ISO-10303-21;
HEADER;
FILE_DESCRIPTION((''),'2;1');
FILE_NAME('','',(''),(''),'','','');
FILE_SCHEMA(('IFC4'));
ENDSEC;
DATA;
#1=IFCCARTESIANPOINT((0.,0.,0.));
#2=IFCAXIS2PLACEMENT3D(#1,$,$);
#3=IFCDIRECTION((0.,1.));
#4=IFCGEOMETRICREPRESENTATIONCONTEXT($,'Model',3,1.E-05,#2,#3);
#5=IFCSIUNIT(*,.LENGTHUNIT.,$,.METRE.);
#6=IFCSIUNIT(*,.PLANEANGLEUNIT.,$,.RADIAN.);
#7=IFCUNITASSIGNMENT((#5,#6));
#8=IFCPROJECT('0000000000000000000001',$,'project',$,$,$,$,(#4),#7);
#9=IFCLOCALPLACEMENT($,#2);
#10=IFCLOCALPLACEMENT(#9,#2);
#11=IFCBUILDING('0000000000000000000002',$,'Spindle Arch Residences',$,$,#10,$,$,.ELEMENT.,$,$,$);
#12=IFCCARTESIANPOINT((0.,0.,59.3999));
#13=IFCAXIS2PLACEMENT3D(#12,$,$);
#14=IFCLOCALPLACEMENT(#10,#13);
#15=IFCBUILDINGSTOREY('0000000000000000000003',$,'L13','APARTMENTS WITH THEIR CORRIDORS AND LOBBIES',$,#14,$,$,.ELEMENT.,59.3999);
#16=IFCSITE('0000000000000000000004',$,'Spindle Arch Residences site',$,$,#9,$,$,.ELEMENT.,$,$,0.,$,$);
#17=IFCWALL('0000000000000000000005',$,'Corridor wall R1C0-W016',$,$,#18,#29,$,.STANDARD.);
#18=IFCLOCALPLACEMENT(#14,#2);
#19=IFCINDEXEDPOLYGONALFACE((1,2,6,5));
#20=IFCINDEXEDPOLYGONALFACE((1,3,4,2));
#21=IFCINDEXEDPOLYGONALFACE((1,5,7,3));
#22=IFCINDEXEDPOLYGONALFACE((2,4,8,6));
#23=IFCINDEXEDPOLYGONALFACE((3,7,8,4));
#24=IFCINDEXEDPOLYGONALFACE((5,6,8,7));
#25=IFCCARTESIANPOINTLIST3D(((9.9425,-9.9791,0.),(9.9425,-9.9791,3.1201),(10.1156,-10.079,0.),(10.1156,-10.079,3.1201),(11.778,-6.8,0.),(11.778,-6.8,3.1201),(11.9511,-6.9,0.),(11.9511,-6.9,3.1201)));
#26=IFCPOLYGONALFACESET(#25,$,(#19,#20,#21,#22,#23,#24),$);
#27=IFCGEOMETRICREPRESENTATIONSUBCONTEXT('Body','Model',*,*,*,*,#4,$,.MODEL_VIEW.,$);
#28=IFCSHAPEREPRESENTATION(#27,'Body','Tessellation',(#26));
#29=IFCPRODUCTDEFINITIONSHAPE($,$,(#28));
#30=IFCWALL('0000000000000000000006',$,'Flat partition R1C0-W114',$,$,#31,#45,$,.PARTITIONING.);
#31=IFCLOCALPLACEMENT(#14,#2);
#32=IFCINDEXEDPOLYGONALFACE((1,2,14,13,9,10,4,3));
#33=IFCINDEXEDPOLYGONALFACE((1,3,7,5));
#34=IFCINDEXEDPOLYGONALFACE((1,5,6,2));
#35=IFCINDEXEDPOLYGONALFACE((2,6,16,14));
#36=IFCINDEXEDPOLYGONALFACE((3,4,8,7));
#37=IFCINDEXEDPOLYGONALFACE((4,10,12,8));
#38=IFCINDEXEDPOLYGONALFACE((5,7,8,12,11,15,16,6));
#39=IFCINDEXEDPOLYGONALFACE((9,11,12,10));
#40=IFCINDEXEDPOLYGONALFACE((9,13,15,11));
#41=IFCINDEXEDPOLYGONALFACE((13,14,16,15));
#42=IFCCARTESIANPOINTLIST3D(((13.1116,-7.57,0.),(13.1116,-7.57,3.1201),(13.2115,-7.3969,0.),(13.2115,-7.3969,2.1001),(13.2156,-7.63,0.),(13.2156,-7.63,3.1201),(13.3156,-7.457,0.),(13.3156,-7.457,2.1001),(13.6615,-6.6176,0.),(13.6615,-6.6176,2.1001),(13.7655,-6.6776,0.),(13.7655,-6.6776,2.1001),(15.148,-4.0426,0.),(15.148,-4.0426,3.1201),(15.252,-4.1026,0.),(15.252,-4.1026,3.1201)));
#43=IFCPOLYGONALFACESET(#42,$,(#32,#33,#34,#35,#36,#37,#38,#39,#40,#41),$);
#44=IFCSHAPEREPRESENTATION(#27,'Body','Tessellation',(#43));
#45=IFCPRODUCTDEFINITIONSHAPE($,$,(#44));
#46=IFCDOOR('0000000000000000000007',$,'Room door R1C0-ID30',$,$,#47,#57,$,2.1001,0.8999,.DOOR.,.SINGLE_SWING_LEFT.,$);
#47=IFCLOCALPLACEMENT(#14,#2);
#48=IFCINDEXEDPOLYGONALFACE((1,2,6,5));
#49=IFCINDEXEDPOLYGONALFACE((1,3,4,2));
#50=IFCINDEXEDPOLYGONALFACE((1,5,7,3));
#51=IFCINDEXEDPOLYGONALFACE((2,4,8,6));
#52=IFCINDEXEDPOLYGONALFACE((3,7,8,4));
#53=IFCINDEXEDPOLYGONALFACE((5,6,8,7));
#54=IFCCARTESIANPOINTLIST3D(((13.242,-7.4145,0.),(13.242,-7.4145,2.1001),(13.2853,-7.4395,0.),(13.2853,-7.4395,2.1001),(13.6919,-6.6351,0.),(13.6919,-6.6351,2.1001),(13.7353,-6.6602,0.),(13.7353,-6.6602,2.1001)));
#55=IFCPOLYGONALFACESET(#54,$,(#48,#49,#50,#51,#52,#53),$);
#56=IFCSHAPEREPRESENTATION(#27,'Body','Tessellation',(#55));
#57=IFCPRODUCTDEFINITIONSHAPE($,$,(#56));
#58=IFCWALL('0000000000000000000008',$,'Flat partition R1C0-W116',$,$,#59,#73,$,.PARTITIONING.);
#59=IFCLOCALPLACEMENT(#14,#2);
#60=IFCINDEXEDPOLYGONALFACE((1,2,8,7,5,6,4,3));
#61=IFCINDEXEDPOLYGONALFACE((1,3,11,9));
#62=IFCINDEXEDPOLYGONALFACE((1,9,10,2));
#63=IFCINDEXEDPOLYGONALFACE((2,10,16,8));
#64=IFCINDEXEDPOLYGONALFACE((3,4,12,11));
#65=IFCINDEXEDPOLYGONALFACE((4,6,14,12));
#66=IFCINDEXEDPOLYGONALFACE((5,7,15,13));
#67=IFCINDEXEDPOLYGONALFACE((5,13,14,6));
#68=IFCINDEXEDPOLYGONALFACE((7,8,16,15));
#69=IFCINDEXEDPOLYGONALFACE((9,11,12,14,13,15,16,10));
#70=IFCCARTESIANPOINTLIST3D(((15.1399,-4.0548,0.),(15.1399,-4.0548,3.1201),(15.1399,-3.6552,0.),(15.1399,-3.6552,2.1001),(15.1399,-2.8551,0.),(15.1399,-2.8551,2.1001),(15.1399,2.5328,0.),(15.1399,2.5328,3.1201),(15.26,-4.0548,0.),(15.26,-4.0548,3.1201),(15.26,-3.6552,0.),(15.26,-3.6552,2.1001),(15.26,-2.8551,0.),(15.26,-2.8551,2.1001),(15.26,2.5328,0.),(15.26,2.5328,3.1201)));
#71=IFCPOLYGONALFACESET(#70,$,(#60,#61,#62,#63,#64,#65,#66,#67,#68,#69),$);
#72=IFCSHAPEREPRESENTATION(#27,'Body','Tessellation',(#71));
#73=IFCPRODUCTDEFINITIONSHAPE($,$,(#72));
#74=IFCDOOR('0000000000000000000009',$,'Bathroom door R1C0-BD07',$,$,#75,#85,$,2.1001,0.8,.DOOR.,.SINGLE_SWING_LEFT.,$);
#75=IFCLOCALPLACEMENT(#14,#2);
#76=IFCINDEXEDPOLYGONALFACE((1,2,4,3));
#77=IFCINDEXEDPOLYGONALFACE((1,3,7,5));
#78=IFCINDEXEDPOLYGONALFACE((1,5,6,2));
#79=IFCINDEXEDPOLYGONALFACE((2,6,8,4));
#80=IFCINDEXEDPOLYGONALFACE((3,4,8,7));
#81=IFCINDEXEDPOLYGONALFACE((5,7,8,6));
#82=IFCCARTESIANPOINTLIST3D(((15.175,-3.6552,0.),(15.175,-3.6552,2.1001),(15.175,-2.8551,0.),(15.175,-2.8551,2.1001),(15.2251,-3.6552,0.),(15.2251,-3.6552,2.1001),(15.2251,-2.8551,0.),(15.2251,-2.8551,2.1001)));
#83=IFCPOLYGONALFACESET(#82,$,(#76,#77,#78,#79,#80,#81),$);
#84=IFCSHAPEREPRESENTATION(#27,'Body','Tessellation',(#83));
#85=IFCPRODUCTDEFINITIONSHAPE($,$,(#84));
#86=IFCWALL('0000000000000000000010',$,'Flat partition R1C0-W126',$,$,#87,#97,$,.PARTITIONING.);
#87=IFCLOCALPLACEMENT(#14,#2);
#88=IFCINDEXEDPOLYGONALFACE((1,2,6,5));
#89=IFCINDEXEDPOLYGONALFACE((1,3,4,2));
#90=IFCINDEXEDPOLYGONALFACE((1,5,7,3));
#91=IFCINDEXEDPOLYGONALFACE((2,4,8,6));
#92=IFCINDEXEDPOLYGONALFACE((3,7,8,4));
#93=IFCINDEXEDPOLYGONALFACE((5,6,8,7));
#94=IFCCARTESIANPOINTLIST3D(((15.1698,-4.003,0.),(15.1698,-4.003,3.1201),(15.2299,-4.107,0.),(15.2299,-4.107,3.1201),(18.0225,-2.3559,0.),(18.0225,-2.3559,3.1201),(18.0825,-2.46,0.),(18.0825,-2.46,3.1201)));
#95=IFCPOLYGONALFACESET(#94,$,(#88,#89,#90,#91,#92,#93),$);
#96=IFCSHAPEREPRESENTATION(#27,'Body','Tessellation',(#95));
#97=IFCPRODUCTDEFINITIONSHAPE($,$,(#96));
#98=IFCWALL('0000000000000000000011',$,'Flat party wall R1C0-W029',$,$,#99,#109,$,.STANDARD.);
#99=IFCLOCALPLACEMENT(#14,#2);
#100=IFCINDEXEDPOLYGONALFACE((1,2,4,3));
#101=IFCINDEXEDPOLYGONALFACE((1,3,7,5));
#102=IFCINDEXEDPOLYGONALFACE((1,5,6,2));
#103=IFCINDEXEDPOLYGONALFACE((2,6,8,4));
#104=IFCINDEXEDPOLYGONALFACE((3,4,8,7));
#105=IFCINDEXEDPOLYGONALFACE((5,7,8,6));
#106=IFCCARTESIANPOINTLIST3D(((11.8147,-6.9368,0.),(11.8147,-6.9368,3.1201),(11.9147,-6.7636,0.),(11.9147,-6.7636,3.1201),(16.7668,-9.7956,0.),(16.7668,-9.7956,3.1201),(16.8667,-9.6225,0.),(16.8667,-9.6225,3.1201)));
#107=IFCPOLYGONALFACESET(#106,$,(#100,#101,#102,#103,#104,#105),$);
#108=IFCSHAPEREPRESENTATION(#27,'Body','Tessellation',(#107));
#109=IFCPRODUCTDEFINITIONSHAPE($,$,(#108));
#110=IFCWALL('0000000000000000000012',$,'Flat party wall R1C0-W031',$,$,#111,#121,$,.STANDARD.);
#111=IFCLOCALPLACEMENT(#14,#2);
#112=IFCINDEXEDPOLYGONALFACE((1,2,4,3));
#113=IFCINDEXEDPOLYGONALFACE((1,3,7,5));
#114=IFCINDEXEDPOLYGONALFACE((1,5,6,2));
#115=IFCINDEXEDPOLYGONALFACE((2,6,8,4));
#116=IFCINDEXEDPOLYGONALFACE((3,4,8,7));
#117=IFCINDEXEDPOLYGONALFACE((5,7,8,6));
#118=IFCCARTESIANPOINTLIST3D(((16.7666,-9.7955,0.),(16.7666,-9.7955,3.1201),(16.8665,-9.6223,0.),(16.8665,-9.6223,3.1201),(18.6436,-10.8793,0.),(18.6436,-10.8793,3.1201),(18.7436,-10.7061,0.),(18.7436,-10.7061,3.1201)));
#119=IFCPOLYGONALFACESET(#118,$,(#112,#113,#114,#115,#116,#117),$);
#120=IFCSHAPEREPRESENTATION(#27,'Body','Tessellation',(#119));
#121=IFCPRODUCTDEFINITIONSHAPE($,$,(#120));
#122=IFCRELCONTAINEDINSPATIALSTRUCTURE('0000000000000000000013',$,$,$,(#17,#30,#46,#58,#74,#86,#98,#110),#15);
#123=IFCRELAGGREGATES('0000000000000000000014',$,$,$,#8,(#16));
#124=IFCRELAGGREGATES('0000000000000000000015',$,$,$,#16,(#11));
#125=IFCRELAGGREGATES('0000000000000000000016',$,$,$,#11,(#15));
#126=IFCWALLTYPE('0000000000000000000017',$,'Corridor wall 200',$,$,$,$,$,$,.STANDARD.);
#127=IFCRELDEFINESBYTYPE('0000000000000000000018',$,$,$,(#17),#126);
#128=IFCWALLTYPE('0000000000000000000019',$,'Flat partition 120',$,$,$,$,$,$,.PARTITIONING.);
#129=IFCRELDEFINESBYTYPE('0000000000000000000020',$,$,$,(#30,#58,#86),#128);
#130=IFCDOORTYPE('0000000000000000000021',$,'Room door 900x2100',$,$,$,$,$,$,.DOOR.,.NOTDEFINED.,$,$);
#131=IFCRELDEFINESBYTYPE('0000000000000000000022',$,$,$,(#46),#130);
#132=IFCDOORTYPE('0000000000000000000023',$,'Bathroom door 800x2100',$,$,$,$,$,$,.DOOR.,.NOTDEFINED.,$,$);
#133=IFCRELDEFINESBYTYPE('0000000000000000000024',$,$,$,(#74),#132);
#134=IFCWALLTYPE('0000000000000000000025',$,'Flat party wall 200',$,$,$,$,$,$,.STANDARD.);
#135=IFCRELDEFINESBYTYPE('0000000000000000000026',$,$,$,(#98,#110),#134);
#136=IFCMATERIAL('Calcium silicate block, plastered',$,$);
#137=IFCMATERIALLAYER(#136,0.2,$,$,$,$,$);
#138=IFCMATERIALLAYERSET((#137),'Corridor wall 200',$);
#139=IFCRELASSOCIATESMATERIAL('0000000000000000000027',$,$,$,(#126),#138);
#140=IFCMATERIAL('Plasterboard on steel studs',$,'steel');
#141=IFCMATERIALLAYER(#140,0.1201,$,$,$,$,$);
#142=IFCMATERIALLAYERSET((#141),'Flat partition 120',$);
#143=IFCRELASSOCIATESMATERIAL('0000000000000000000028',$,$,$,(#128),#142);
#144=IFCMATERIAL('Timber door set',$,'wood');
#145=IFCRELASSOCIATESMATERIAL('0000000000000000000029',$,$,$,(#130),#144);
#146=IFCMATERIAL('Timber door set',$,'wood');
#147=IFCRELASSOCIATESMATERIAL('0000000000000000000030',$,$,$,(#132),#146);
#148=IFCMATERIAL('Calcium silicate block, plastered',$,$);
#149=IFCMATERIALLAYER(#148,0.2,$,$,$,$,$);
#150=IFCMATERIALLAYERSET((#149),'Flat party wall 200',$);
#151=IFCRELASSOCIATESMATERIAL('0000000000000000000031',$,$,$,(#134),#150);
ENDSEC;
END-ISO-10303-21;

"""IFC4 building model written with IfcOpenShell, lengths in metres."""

from ifc_helpers import new_model, si_unit, direction, frame, frame_2d, origin, place, context, subcontext, project, spatial, rectangle, extrude, material, layer, layer_set, type_object, element, fill, save


model = new_model("IFC4")

# Units and contexts
model_context = context("Model", 3, precision=1e-05, world=origin(), true_north=direction((0.0, 1.0)))
body_context = subcontext(model_context, "Body", "Model", "MODEL_VIEW")
ifc_project = project(units=[si_unit("LENGTHUNIT", "METRE"), si_unit("PLANEANGLEUNIT", "RADIAN")], contexts=[model_context])

# Site, building, storey
site_placement = place(None, origin())
site = spatial("IfcSite", under=ifc_project, at=site_placement, Name="Spindle Arch Residences site", CompositionType="ELEMENT", RefElevation=0.0)
building_placement = place(site_placement, origin())
building = spatial("IfcBuilding", under=site, at=building_placement, Name="Spindle Arch Residences", CompositionType="ELEMENT")
storey_placement = place(building_placement, frame((0.0, 0.0, 59.3999)))
storey = spatial("IfcBuildingStorey", under=building, at=storey_placement, Name="L13", Description="APARTMENTS WITH THEIR CORRIDORS AND LOBBIES", CompositionType="ELEMENT", Elevation=59.3999)

# Shared definitions
ifc_material_1 = material(Name="Calcium silicate block, plastered")
ifc_layer_1 = layer(ifc_material_1, 0.2)
ifc_layer_set_1 = layer_set([ifc_layer_1], Name="Corridor wall 200")
wall_type_1 = type_object("IfcWallType", Name="Corridor wall 200", PredefinedType="STANDARD", material=ifc_layer_set_1)

# Wall
wall_1_placement = place(storey_placement, frame((10.0291, -10.0291, 0.0), z_axis=(0.0, 0.0, 1.0), x_axis=(0.500016, 0.866016, 0.0)))
element("IfcWall", 1, at=wall_1_placement, inside=storey, type_object=wall_type_1, Name="Corridor wall R1C0-W016", PredefinedType="STANDARD", context=body_context, shape_type="SweptSolid", body=[
    extrude(rectangle(XDim=3.6709, YDim=0.2, at=frame_2d((1.8354, 0.0))), origin(), (0.0, 0.0, 1.0), 3.1201),
])

# Walls, openings, doors
ifc_material_2 = material(Name="Plasterboard on steel studs", Category="steel")
ifc_layer_2 = layer(ifc_material_2, 0.1201)
ifc_layer_set_2 = layer_set([ifc_layer_2], Name="Flat partition 120")
wall_type_2 = type_object("IfcWallType", Name="Flat partition 120", PredefinedType="PARTITIONING", material=ifc_layer_set_2)
wall_2_placement = place(storey_placement, frame((13.1636, -7.6001, 0.0), z_axis=(0.0, 0.0, 1.0), x_axis=(0.499975, 0.86604, 0.0)))
wall_2 = element("IfcWall", 2, at=wall_2_placement, inside=storey, type_object=wall_type_2, Name="Flat partition R1C0-W114", PredefinedType="PARTITIONING", context=body_context, shape_type="SweptSolid", body=[
    extrude(rectangle(XDim=4.073, YDim=0.1201, at=frame_2d((2.0366, 0.0))), origin(), (0.0, 0.0, 1.0), 3.1201),
])
opening_1_placement = place(wall_2_placement, frame((0.2, 0.0, 0.0)))
opening_1 = element("IfcOpeningElement", 3, at=opening_1_placement, cuts=wall_2, PredefinedType="OPENING", context=body_context, shape_type="SweptSolid", body=[
    extrude(rectangle(XDim=0.8999, YDim=2.1001, at=frame_2d((0.45, 1.05))), frame((0.0, 0.0701, 0.0), z_axis=(0.0, -1.0, 0.0), x_axis=(1.0, 0.0, 0.0)), (0.0, 0.0, 1.0), 0.1401),
])
ifc_material_3 = material(Name="Timber door set", Category="wood")
door_type_1 = type_object("IfcDoorType", Name="Room door 900x2100", OperationType="NOTDEFINED", PredefinedType="DOOR", material=ifc_material_3)
door_1_placement = place(opening_1_placement, origin())
door_1 = element("IfcDoor", 4, at=door_1_placement, inside=storey, type_object=door_type_1, Name="Room door R1C0-ID30", OperationType="SINGLE_SWING_LEFT", OverallHeight=2.1001, OverallWidth=0.8999, PredefinedType="DOOR", context=body_context, shape_type="SweptSolid", body=[
    extrude(rectangle(XDim=0.8999, YDim=2.1001, at=frame_2d((0.45, 1.05))), frame((0.0, 0.0249, 0.0), z_axis=(0.0, -1.0, 0.0), x_axis=(1.0, 0.0, 0.0)), (0.0, 0.0, 1.0), 0.05),
])
fill(opening_1, door_1)
wall_3_placement = place(storey_placement, frame((15.2, -4.0549, 0.0), z_axis=(0.0, 0.0, 1.0), x_axis=(0.0, 1.0, 0.0)))
wall_3 = element("IfcWall", 5, at=wall_3_placement, inside=storey, type_object=wall_type_2, Name="Flat partition R1C0-W116", PredefinedType="PARTITIONING", context=body_context, shape_type="SweptSolid", body=[
    extrude(rectangle(XDim=6.5876, YDim=0.1201, at=frame_2d((3.2939, 0.0))), origin(), (0.0, 0.0, 1.0), 3.1201),
])
opening_2_placement = place(wall_3_placement, frame((0.3999, 0.0, 0.0)))
opening_2 = element("IfcOpeningElement", 6, at=opening_2_placement, cuts=wall_3, PredefinedType="OPENING", context=body_context, shape_type="SweptSolid", body=[
    extrude(rectangle(XDim=0.8, YDim=2.1001, at=frame_2d((0.3999, 1.05))), frame((0.0, 0.0701, 0.0), z_axis=(0.0, -1.0, 0.0), x_axis=(1.0, 0.0, 0.0)), (0.0, 0.0, 1.0), 0.1401),
])
ifc_material_4 = material(Name="Timber door set", Category="wood")
door_type_2 = type_object("IfcDoorType", Name="Bathroom door 800x2100", OperationType="NOTDEFINED", PredefinedType="DOOR", material=ifc_material_4)
door_2_placement = place(opening_2_placement, origin())
door_2 = element("IfcDoor", 7, at=door_2_placement, inside=storey, type_object=door_type_2, Name="Bathroom door R1C0-BD07", OperationType="SINGLE_SWING_LEFT", OverallHeight=2.1001, OverallWidth=0.8, PredefinedType="DOOR", context=body_context, shape_type="SweptSolid", body=[
    extrude(rectangle(XDim=0.8, YDim=2.1001, at=frame_2d((0.3999, 1.05))), frame((0.0, 0.0249, 0.0), z_axis=(0.0, -1.0, 0.0), x_axis=(1.0, 0.0, 0.0)), (0.0, 0.0, 1.0), 0.05),
])
fill(opening_2, door_2)

# Walls
wall_4_placement = place(storey_placement, frame((18.0525, -2.408, 0.0), z_axis=(0.0, 0.0, 1.0), x_axis=(-0.866018, -0.500013, 0.0)))
element("IfcWall", 8, at=wall_4_placement, inside=storey, type_object=wall_type_2, Name="Flat partition R1C0-W126", PredefinedType="PARTITIONING", context=body_context, shape_type="SweptSolid", body=[
    extrude(rectangle(XDim=3.2939, YDim=0.1201, at=frame_2d((1.647, 0.0))), origin(), (0.0, 0.0, 1.0), 3.1201),
])
ifc_material_5 = material(Name="Calcium silicate block, plastered")
ifc_layer_3 = layer(ifc_material_5, 0.2)
ifc_layer_set_3 = layer_set([ifc_layer_3], Name="Flat party wall 200")
wall_type_3 = type_object("IfcWallType", Name="Flat party wall 200", PredefinedType="STANDARD", material=ifc_layer_set_3)
wall_5_placement = place(storey_placement, frame((16.8167, -9.709, 0.0), z_axis=(0.0, 0.0, 1.0), x_axis=(-0.866043, 0.499969, 0.0)))
element("IfcWall", 9, at=wall_5_placement, inside=storey, type_object=wall_type_3, Name="Flat party wall R1C0-W029", PredefinedType="STANDARD", context=body_context, shape_type="SweptSolid", body=[
    extrude(rectangle(XDim=5.718, YDim=0.2, at=frame_2d((2.8589, 0.0))), origin(), (0.0, 0.0, 1.0), 3.1201),
])
wall_6_placement = place(storey_placement, frame((18.6936, -10.7927, 0.0), z_axis=(0.0, 0.0, 1.0), x_axis=(-0.866009, 0.500028, 0.0)))
element("IfcWall", 10, at=wall_6_placement, inside=storey, type_object=wall_type_3, Name="Flat party wall R1C0-W031", PredefinedType="STANDARD", context=body_context, shape_type="SweptSolid", body=[
    extrude(rectangle(XDim=2.1675, YDim=0.2, at=frame_2d((1.0837, 0.0))), origin(), (0.0, 0.0, 1.0), 3.1201),
])

save(model, "model.ifc")
